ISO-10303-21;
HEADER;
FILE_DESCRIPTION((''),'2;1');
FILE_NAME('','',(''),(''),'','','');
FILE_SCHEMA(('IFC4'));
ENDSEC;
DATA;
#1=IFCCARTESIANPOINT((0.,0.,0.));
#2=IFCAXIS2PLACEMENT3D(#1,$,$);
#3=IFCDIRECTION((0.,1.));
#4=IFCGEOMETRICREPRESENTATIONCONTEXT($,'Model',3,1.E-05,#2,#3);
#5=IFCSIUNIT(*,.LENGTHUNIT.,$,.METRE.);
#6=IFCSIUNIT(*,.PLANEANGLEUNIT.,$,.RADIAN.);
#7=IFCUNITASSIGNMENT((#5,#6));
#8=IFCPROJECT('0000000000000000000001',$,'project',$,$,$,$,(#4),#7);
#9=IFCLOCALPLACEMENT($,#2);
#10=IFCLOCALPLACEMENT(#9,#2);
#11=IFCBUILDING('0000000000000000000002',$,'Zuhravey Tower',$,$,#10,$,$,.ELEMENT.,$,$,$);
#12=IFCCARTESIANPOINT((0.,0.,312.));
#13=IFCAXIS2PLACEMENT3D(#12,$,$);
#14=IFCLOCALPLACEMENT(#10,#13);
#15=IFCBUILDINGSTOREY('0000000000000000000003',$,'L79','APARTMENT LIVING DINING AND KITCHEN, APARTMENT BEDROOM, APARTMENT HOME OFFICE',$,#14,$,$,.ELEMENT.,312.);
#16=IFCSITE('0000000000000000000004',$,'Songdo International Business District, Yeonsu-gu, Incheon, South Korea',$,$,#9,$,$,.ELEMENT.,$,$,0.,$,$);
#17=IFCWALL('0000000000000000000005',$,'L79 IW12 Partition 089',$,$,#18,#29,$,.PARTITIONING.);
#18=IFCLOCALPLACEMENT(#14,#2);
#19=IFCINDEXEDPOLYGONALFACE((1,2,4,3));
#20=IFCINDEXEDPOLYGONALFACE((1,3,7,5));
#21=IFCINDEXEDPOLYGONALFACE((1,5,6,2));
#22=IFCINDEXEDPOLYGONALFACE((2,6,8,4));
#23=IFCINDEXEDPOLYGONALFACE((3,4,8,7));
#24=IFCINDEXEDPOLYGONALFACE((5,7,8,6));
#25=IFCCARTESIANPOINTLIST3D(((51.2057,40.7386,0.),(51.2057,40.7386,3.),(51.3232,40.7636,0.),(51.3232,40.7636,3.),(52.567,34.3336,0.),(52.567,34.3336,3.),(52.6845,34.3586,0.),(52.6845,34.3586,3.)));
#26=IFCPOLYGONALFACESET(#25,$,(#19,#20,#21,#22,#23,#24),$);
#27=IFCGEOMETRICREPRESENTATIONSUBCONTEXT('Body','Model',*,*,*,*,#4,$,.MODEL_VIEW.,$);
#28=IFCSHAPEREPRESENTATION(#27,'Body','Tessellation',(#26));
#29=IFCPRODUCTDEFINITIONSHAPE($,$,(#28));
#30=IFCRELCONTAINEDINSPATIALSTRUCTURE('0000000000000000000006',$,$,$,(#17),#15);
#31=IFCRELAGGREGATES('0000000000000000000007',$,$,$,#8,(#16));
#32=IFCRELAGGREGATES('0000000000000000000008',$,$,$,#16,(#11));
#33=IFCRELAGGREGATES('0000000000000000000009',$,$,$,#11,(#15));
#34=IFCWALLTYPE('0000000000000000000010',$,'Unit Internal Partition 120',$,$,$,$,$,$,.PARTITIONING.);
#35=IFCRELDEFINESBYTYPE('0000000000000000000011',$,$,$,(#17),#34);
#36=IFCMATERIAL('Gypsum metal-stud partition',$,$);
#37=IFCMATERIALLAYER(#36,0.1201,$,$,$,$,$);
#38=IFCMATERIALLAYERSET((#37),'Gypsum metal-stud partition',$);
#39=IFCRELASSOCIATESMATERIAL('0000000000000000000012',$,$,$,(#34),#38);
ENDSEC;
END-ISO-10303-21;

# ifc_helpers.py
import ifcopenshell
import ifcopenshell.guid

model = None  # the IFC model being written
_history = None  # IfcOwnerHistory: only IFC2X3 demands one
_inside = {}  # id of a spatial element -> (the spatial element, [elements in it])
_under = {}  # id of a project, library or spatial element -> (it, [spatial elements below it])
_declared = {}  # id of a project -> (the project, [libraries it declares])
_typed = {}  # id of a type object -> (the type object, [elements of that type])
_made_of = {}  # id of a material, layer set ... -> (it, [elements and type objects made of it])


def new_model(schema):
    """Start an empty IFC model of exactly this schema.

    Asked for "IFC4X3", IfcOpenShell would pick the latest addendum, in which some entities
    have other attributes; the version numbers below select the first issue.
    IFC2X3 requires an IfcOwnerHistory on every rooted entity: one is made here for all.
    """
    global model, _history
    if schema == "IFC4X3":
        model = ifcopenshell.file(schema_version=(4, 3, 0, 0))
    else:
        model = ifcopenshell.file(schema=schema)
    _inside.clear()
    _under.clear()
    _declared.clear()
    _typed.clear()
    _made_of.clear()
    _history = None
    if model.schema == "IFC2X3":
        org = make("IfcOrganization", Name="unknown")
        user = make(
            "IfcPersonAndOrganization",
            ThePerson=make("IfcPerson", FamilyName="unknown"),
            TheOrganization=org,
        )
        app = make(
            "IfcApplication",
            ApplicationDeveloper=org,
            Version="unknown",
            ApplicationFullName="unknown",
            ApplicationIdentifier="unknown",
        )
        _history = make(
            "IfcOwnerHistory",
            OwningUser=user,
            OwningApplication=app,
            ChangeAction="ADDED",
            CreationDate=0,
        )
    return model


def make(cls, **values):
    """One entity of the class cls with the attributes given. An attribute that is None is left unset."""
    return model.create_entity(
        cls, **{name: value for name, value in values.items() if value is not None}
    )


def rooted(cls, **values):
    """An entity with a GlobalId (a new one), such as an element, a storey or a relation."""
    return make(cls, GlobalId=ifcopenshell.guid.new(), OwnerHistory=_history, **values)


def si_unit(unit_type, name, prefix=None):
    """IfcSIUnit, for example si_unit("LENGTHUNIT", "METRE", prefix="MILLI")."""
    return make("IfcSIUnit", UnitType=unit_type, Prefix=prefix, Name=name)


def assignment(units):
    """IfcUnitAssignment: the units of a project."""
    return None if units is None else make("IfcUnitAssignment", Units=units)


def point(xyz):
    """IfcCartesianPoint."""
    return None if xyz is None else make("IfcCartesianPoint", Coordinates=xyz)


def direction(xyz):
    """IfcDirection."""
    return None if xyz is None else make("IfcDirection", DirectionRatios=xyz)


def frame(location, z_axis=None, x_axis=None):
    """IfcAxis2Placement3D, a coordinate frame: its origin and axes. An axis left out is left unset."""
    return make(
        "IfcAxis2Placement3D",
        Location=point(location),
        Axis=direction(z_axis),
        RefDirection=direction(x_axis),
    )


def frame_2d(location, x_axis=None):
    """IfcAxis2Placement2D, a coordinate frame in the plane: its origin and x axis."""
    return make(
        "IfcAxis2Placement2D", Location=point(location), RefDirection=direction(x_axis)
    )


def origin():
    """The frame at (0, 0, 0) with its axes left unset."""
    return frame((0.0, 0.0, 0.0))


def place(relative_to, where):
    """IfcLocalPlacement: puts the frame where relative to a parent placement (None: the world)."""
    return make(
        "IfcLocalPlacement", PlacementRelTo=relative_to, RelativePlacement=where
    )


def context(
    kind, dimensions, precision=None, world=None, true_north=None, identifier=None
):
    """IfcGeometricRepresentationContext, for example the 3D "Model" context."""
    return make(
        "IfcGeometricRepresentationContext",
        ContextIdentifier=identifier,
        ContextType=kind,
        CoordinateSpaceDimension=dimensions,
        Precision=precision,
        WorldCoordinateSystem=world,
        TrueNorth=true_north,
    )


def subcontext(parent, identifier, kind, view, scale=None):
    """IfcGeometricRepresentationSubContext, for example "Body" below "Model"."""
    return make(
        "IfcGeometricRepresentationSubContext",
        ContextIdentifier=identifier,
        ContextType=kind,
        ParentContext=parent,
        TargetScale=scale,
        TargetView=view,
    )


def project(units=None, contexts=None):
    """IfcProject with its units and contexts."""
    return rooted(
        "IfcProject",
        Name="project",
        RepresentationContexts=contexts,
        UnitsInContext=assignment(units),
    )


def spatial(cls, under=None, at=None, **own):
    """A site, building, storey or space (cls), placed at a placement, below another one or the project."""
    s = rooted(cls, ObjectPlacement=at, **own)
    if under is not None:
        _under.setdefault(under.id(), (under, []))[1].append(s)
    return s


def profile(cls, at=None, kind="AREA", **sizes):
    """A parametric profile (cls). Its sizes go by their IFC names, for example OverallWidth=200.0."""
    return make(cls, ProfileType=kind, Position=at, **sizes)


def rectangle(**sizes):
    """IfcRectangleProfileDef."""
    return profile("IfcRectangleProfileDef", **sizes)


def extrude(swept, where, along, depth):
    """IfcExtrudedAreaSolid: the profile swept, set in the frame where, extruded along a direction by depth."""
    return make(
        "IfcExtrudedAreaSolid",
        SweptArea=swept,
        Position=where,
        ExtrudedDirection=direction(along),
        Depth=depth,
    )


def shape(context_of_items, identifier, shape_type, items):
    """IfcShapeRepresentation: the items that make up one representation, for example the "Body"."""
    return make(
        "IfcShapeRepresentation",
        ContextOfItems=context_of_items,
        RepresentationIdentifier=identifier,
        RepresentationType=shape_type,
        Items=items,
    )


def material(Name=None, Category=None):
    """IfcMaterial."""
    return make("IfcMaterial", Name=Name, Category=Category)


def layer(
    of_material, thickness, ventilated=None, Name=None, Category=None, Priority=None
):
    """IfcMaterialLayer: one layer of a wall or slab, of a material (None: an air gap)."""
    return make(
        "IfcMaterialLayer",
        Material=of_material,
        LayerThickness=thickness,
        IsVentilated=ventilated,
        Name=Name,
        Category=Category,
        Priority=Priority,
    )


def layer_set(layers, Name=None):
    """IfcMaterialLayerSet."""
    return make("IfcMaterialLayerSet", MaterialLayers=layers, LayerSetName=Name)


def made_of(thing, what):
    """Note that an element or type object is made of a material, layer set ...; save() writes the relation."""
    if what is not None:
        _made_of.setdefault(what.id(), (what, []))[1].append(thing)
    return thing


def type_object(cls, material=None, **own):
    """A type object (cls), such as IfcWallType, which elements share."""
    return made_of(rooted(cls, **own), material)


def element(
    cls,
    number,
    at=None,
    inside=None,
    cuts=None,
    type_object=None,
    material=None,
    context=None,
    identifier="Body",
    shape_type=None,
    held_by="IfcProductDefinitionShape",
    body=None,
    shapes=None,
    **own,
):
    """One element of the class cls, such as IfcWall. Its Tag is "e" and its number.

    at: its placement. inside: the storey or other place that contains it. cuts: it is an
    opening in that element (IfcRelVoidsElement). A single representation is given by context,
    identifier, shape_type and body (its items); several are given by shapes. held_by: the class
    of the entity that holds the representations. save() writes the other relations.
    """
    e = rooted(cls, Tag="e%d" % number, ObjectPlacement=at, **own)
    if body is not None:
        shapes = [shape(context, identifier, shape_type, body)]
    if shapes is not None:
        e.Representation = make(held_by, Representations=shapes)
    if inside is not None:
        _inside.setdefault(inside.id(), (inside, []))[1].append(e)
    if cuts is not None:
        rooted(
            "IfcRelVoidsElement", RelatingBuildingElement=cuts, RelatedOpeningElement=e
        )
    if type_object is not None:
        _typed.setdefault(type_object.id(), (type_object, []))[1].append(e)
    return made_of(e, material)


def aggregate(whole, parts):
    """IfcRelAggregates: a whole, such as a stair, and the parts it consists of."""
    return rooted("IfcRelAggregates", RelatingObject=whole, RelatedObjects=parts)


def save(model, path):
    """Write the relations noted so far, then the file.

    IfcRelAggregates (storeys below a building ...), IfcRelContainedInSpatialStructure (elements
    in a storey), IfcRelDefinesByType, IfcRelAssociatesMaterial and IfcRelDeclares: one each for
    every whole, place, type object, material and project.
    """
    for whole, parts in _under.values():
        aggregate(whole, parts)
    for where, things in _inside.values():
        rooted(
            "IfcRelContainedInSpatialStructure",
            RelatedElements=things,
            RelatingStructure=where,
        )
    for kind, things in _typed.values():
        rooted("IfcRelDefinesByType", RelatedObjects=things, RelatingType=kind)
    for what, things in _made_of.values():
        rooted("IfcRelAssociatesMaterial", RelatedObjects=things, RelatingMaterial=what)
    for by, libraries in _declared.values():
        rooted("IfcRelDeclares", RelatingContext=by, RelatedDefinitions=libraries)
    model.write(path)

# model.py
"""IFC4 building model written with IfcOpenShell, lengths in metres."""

from ifc_helpers import new_model, si_unit, direction, frame, frame_2d, origin, place, context, subcontext, project, spatial, rectangle, extrude, material, layer, layer_set, type_object, element, save


model = new_model("IFC4")

# Units and contexts
model_context = context("Model", 3, precision=1e-05, world=origin(), true_north=direction((0.0, 1.0)))
body_context = subcontext(model_context, "Body", "Model", "MODEL_VIEW")
ifc_project = project(units=[si_unit("LENGTHUNIT", "METRE"), si_unit("PLANEANGLEUNIT", "RADIAN")], contexts=[model_context])

# Site, building, storey
site_placement = place(None, origin())
site = spatial("IfcSite", under=ifc_project, at=site_placement, Name="Songdo International Business District, Yeonsu-gu, Incheon, South Korea", CompositionType="ELEMENT", RefElevation=0.0)
building_placement = place(site_placement, origin())
building = spatial("IfcBuilding", under=site, at=building_placement, Name="Zuhravey Tower", CompositionType="ELEMENT")
storey_placement = place(building_placement, frame((0.0, 0.0, 312.0)))
storey = spatial("IfcBuildingStorey", under=building, at=storey_placement, Name="L79", Description="APARTMENT LIVING DINING AND KITCHEN, APARTMENT BEDROOM, APARTMENT HOME OFFICE", CompositionType="ELEMENT", Elevation=312.0)

# Shared definitions
ifc_material_1 = material(Name="Gypsum metal-stud partition")
ifc_layer_1 = layer(ifc_material_1, 0.1201)
ifc_layer_set_1 = layer_set([ifc_layer_1], Name="Gypsum metal-stud partition")
wall_type_1 = type_object("IfcWallType", Name="Unit Internal Partition 120", PredefinedType="PARTITIONING", material=ifc_layer_set_1)

# Wall
wall_1_placement = place(storey_placement, frame((52.6257, 34.3462, 0.0), z_axis=(0.0, 0.0, 1.0), x_axis=(-0.207897, 0.978151, 0.0)))
element("IfcWall", 1, at=wall_1_placement, inside=storey, type_object=wall_type_1, Name="L79 IW12 Partition 089", PredefinedType="PARTITIONING", context=body_context, shape_type="SweptSolid", body=[
    extrude(rectangle(XDim=6.5481, YDim=0.1201, at=frame_2d((3.2739, 0.0))), origin(), (0.0, 0.0, 1.0), 3.0),
])

save(model, "model.ifc")
